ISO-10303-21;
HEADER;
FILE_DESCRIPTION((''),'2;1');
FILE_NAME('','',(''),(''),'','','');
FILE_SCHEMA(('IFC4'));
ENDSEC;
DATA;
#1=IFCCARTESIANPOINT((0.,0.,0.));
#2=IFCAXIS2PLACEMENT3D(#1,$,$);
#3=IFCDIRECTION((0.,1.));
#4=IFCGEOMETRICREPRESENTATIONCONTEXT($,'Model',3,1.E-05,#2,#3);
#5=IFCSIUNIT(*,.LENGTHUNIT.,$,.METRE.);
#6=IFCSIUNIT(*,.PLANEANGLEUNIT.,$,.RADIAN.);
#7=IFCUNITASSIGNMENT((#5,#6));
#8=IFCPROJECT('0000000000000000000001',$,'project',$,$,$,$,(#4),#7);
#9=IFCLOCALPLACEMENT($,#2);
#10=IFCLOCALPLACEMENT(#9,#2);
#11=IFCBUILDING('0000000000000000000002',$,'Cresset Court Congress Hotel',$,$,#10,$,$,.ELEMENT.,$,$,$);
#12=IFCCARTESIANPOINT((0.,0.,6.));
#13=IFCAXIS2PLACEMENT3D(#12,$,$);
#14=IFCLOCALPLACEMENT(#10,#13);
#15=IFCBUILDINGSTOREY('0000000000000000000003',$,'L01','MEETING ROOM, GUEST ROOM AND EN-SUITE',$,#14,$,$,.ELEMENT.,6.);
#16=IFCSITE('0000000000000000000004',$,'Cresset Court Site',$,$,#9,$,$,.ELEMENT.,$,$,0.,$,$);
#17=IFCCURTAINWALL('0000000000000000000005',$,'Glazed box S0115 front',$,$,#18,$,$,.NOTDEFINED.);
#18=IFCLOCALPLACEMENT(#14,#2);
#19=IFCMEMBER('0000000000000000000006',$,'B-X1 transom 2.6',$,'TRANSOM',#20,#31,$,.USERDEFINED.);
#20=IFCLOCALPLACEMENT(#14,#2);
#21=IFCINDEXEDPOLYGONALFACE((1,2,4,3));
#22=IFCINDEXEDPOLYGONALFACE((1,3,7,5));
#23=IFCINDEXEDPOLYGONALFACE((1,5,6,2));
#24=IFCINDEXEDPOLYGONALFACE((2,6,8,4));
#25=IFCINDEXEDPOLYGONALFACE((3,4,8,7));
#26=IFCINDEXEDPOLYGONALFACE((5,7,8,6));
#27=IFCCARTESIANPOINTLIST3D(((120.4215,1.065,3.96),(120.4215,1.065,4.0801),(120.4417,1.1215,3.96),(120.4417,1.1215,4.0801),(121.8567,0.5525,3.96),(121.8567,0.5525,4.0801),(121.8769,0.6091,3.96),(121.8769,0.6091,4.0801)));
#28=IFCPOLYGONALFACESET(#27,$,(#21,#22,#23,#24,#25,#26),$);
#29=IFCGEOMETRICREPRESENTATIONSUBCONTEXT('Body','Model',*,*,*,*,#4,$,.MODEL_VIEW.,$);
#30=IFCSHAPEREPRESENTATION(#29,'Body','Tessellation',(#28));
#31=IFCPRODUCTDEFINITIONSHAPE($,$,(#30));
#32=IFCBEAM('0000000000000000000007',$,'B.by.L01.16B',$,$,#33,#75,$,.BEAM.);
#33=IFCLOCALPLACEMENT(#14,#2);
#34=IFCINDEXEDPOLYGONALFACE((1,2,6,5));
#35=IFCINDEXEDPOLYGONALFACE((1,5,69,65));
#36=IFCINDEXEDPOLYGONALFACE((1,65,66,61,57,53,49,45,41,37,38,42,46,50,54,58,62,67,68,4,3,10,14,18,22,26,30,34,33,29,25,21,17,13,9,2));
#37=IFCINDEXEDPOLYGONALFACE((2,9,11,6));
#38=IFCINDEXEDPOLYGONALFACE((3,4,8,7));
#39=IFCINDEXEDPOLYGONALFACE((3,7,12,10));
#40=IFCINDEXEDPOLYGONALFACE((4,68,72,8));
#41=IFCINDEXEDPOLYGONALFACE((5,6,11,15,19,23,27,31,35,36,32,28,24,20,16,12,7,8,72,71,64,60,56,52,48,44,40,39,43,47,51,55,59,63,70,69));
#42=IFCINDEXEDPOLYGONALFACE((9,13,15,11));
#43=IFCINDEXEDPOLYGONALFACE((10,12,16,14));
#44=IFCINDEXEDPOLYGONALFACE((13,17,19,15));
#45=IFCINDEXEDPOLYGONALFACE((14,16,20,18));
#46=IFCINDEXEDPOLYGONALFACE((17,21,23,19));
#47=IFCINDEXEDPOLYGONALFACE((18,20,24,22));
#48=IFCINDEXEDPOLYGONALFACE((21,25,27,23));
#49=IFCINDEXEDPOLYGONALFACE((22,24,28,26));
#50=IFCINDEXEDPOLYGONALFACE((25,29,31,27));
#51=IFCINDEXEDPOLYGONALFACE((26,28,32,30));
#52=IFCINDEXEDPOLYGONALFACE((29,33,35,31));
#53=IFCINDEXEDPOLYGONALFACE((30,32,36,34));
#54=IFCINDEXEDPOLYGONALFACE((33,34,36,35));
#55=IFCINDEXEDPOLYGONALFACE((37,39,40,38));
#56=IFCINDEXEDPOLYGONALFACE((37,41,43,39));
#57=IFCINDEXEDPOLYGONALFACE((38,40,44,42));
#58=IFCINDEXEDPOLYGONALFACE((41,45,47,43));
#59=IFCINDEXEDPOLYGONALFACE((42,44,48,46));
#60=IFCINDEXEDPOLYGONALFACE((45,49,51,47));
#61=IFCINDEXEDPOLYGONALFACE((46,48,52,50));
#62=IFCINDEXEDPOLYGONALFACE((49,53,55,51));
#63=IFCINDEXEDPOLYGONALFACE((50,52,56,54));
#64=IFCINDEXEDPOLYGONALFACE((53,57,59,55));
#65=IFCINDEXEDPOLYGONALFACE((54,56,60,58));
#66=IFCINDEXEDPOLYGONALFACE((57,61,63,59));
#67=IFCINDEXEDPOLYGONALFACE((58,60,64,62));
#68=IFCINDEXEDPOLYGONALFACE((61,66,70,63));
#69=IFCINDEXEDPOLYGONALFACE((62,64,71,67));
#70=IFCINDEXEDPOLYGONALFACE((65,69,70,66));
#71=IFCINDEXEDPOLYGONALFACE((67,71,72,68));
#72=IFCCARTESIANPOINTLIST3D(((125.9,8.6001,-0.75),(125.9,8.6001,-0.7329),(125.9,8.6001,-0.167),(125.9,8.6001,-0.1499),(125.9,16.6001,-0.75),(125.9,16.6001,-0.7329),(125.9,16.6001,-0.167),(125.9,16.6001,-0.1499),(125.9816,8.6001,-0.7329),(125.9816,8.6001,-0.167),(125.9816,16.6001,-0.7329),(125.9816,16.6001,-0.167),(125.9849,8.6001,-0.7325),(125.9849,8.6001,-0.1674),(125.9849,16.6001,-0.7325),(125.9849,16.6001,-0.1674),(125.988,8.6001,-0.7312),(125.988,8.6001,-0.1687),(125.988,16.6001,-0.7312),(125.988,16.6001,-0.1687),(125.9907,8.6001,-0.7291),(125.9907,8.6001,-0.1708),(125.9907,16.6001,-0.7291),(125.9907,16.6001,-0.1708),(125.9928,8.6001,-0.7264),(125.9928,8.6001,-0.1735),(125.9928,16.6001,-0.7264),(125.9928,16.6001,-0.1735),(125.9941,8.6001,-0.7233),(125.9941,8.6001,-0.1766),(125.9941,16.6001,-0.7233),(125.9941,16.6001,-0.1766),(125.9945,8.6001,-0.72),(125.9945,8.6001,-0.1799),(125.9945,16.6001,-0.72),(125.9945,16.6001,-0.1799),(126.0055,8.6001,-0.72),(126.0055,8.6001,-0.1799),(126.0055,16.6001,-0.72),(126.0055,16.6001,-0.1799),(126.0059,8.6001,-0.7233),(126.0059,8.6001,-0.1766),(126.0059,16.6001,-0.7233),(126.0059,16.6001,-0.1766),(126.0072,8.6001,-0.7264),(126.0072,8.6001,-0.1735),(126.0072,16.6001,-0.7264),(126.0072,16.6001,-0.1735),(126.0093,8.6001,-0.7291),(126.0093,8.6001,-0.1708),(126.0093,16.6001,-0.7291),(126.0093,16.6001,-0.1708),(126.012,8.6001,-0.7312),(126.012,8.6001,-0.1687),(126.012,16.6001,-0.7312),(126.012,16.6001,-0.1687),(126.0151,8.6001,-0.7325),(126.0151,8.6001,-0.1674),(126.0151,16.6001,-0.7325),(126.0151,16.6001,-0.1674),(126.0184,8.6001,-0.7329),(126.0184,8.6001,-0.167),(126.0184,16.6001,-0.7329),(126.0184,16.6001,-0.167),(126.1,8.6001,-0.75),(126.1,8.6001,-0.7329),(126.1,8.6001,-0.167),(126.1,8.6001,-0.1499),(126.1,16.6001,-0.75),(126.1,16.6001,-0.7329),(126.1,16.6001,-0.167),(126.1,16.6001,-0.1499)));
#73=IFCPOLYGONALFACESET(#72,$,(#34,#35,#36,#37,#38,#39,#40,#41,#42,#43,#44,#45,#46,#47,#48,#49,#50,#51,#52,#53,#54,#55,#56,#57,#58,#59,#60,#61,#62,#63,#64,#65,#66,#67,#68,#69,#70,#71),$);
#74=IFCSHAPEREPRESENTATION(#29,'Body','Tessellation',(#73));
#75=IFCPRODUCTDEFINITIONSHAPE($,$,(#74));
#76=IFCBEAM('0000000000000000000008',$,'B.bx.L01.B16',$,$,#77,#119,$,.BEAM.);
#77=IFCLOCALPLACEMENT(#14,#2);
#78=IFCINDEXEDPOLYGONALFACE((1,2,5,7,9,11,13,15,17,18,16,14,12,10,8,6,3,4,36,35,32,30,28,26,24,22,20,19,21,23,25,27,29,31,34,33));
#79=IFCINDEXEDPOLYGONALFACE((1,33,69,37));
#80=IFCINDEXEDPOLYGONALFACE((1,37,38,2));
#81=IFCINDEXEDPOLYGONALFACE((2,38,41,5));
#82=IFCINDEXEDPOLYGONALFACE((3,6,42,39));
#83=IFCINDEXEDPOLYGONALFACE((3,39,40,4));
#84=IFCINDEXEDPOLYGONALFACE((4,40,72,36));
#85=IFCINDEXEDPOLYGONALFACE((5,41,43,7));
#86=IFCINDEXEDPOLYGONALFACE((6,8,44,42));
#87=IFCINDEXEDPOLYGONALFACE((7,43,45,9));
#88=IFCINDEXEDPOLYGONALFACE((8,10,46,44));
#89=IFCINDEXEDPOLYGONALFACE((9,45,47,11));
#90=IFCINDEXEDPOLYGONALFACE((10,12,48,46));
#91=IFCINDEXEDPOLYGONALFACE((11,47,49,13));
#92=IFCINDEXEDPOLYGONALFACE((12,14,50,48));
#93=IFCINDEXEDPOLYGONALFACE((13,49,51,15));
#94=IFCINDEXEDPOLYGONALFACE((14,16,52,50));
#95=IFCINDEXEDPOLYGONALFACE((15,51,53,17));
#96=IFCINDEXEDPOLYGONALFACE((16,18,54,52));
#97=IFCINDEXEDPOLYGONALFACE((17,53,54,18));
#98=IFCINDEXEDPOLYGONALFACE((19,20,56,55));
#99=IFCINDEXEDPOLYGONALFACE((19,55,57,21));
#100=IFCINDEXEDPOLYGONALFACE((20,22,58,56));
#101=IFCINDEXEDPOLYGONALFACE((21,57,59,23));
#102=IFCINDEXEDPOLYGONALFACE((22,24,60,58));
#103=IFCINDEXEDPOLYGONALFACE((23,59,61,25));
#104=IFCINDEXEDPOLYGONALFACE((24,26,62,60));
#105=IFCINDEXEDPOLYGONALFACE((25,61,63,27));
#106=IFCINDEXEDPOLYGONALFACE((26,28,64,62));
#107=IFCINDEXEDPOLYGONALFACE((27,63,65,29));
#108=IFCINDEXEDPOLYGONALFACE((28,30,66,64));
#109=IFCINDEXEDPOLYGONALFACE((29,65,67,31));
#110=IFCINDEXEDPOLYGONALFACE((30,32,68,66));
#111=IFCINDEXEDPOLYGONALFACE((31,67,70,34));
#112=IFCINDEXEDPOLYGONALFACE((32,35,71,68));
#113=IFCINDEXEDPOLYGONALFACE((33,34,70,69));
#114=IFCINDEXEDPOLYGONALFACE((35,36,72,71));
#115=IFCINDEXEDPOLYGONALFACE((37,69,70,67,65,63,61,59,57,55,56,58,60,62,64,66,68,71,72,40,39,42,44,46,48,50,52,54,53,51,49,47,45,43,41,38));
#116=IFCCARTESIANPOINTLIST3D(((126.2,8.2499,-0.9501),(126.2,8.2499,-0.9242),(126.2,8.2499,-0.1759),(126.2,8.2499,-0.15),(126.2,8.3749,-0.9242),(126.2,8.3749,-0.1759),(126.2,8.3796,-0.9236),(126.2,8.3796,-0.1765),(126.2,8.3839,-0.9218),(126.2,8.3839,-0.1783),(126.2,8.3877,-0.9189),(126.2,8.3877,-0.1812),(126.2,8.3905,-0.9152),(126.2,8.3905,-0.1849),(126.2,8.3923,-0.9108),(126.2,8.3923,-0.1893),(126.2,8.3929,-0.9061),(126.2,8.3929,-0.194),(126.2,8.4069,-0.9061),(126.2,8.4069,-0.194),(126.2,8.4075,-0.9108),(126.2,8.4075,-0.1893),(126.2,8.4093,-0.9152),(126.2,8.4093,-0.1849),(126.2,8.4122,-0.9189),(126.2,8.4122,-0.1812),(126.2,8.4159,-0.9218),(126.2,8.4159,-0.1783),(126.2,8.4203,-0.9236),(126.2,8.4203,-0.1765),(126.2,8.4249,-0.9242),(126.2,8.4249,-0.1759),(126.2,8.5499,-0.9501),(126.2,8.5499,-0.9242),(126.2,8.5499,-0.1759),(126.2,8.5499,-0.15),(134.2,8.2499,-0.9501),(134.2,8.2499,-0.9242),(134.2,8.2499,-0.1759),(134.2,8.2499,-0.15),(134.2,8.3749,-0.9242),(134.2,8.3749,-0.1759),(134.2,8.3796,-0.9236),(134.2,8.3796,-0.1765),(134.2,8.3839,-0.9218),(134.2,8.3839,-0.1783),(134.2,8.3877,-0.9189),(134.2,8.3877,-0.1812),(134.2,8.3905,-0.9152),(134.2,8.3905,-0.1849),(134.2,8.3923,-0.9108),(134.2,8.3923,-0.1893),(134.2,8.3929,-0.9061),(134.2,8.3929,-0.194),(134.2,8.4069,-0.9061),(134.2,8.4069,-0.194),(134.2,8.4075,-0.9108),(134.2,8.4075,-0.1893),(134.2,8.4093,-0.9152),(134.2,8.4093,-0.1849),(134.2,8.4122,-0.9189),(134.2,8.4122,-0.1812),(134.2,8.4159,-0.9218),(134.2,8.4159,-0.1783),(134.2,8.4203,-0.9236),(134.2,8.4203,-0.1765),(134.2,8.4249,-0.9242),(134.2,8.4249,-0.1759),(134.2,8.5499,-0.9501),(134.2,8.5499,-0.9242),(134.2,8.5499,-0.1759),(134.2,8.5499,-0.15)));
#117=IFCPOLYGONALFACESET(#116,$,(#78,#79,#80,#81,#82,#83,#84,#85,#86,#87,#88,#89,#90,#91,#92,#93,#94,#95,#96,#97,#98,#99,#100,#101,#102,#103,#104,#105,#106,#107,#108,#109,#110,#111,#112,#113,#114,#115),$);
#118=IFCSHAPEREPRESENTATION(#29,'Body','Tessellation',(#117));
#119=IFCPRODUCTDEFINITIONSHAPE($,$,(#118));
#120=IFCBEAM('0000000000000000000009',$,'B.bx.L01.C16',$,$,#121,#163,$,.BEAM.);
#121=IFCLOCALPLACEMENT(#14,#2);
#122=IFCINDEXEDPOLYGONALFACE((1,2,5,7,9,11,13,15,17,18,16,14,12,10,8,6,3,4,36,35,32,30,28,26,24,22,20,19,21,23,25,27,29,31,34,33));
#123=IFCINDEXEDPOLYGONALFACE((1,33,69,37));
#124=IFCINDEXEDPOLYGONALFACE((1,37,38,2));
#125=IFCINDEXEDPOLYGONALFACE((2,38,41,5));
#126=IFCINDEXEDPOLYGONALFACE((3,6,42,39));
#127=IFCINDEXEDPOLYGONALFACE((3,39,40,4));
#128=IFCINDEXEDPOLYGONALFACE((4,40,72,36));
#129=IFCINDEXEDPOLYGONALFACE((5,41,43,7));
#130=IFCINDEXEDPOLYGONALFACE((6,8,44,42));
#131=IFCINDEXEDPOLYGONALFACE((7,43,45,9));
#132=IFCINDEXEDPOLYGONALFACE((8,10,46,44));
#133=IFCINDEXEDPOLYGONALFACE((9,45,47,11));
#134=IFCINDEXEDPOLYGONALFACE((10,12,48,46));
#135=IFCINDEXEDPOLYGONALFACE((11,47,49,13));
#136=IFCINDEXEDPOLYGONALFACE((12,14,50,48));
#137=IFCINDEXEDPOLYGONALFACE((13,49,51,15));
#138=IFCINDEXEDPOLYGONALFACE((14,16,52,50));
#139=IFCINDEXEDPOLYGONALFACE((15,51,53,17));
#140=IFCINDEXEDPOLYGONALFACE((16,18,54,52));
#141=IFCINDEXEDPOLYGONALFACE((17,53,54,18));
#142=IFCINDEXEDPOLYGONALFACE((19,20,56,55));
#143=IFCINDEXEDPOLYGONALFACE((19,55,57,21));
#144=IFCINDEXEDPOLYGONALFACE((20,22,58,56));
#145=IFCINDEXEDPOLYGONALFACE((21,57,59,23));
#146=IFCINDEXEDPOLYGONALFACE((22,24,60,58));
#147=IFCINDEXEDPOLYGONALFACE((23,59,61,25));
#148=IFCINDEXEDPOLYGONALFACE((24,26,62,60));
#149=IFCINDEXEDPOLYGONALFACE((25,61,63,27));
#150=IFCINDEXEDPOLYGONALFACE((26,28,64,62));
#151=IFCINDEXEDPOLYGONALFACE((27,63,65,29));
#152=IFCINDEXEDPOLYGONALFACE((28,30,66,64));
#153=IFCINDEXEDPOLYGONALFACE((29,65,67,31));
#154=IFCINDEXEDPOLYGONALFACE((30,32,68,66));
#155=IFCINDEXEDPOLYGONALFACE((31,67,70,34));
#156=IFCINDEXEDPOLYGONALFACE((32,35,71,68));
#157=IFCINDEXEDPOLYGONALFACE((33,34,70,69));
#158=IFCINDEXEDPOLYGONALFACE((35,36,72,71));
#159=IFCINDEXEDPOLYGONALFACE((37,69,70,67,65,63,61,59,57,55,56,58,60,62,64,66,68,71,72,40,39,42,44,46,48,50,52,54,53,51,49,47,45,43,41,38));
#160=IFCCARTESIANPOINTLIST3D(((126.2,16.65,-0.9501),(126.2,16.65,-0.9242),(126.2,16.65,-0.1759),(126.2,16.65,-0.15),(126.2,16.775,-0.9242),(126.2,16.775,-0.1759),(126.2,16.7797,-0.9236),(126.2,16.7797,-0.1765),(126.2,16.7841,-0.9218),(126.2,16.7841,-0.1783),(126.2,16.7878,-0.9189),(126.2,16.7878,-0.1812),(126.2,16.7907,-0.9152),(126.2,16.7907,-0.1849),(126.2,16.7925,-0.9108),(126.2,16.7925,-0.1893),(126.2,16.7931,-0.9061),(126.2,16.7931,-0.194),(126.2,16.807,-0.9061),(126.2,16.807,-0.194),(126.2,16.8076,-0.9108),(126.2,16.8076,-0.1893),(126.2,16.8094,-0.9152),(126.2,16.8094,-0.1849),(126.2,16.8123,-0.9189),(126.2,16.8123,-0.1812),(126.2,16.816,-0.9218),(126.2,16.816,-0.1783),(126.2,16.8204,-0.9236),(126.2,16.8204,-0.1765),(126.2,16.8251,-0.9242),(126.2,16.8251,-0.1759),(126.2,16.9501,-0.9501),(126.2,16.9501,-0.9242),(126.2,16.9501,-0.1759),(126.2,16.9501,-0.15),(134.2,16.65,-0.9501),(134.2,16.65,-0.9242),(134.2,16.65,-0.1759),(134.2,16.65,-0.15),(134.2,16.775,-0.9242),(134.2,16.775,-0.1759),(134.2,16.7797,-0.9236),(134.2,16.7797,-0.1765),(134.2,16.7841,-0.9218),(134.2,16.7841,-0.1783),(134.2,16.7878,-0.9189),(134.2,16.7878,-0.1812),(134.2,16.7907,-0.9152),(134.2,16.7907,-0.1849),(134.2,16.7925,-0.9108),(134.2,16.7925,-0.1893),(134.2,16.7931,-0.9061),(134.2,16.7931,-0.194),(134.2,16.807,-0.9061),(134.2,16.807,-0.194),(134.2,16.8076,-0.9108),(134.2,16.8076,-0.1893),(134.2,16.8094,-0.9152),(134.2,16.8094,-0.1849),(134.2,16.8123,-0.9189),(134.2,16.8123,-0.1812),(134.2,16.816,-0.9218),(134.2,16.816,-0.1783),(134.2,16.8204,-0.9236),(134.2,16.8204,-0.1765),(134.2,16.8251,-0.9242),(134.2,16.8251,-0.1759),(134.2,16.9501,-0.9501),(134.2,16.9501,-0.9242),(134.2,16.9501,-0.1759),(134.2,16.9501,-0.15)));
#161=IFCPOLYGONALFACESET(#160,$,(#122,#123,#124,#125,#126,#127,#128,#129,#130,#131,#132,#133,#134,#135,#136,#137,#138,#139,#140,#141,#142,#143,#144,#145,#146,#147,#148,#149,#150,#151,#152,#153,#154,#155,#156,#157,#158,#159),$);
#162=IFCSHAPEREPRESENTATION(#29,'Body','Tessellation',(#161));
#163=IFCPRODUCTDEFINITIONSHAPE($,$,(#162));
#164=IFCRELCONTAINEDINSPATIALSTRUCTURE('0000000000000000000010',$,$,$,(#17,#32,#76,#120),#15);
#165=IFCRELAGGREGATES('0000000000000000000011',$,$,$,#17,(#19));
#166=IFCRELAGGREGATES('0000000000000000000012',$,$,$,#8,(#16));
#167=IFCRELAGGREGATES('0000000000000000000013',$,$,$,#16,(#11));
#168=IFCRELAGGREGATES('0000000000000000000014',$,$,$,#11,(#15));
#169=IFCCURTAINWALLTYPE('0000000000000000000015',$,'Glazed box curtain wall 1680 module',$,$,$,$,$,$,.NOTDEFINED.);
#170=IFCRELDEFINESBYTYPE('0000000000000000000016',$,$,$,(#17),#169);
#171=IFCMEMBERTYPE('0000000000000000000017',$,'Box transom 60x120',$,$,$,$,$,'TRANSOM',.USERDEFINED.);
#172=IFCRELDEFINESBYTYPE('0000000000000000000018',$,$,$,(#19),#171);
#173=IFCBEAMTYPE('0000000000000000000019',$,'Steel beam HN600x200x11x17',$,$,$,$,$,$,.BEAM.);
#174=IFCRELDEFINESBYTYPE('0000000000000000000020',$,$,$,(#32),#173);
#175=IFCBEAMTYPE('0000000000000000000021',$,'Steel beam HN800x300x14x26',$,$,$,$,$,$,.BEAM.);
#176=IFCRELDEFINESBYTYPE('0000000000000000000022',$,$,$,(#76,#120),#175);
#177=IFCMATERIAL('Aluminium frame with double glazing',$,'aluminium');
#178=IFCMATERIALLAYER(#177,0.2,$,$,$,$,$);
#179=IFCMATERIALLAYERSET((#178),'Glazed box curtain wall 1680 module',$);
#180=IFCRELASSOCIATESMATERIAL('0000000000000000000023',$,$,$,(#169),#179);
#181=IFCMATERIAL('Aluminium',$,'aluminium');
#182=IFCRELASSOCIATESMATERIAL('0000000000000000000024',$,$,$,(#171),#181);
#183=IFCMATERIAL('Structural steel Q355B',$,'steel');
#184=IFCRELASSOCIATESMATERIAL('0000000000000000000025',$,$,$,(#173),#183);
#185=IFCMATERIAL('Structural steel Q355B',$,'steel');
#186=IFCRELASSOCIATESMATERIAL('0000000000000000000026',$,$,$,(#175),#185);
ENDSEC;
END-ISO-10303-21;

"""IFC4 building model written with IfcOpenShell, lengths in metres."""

from ifc_helpers import new_model, si_unit, direction, frame, origin, origin_2d, place, context, subcontext, project, spatial, rectangle, i_section, extrude, material, layer, layer_set, material_profile, profile_set, type_object, element, aggregate, save


model = new_model("IFC4")

# Units and contexts
model_context = context("Model", 3, precision=1e-05, world=origin(), true_north=direction((0.0, 1.0)))
body_context = subcontext(model_context, "Body", "Model", "MODEL_VIEW")
ifc_project = project(units=[si_unit("LENGTHUNIT", "METRE"), si_unit("PLANEANGLEUNIT", "RADIAN")], contexts=[model_context])

# Site, building, storey
site_placement = place(None, origin())
site = spatial("IfcSite", under=ifc_project, at=site_placement, Name="Cresset Court Site", CompositionType="ELEMENT", RefElevation=0.0)
building_placement = place(site_placement, origin())
building = spatial("IfcBuilding", under=site, at=building_placement, Name="Cresset Court Congress Hotel", CompositionType="ELEMENT")
storey_placement = place(building_placement, frame((0.0, 0.0, 6.0)))
storey = spatial("IfcBuildingStorey", under=building, at=storey_placement, Name="L01", Description="MEETING ROOM, GUEST ROOM AND EN-SUITE", CompositionType="ELEMENT", Elevation=6.0)

# Curtain wall, member
ifc_material_1 = material(Name="Aluminium frame with double glazing", Category="aluminium")
ifc_layer_1 = layer(ifc_material_1, 0.2)
ifc_layer_set_1 = layer_set([ifc_layer_1], Name="Glazed box curtain wall 1680 module")
curtain_wall_type = type_object("IfcCurtainWallType", Name="Glazed box curtain wall 1680 module", PredefinedType="NOTDEFINED", material=ifc_layer_set_1)
curtain_wall_placement = place(storey_placement, origin())
curtain_wall = element("IfcCurtainWall", 1, at=curtain_wall_placement, inside=storey, type_object=curtain_wall_type, Name="Glazed box S0115 front", PredefinedType="NOTDEFINED")
ifc_material_2 = material(Name="Aluminium", Category="aluminium")
ifc_material_profile_1 = material_profile(ifc_material_2, rectangle(XDim=0.0601, YDim=0.1201, at=origin_2d()), Name="Box transom 60x120")
ifc_profile_set_1 = profile_set([ifc_material_profile_1], Name="Aluminium")
member_type_1 = type_object("IfcMemberType", Name="Box transom 60x120", ElementType="TRANSOM", PredefinedType="USERDEFINED", material=ifc_profile_set_1)
member_1_placement = place(storey_placement, frame((120.4316, 1.0933, 4.02), z_axis=(0.941756, -0.336296, 0.0), x_axis=(0.336296, 0.941756, 0.0)))
member_1 = element("IfcMember", 2, at=member_1_placement, type_object=member_type_1, Name="B-X1 transom 2.6", ObjectType="TRANSOM", PredefinedType="USERDEFINED", context=body_context, shape_type="SweptSolid", body=[
    extrude(rectangle(XDim=0.0601, YDim=0.1201, at=origin_2d()), origin(), (0.0, 0.0, 1.0), 1.5239),
])

# Beams
ifc_material_3 = material(Name="Structural steel Q355B", Category="steel")
ifc_material_profile_2 = material_profile(ifc_material_3, i_section(OverallWidth=0.2, OverallDepth=0.6001, WebThickness=0.011, FlangeThickness=0.0171, FilletRadius=0.0129, at=origin_2d()), Name="HN600x200x11x17")
ifc_profile_set_2 = profile_set([ifc_material_profile_2], Name="Structural steel Q355B")
beam_type_1 = type_object("IfcBeamType", Name="Steel beam HN600x200x11x17", PredefinedType="BEAM", material=ifc_profile_set_2)
beam_1_placement = place(storey_placement, frame((126.0, 8.6001, -0.45), z_axis=(0.0, 1.0, 0.0), x_axis=(-1.0, 0.0, 0.0)))
element("IfcBeam", 3, at=beam_1_placement, inside=storey, type_object=beam_type_1, Name="B.by.L01.16B", PredefinedType="BEAM", context=body_context, shape_type="SweptSolid", body=[
    extrude(i_section(OverallWidth=0.2, OverallDepth=0.6001, WebThickness=0.011, FlangeThickness=0.0171, FilletRadius=0.0129, at=origin_2d()), origin(), (0.0, 0.0, 1.0), 8.0),
])
ifc_material_4 = material(Name="Structural steel Q355B", Category="steel")
ifc_material_profile_3 = material_profile(ifc_material_4, i_section(OverallWidth=0.3, OverallDepth=0.8, WebThickness=0.0139, FlangeThickness=0.0259, FilletRadius=0.0181, at=origin_2d()), Name="HN800x300x14x26")
ifc_profile_set_3 = profile_set([ifc_material_profile_3], Name="Structural steel Q355B")
beam_type_2 = type_object("IfcBeamType", Name="Steel beam HN800x300x14x26", PredefinedType="BEAM", material=ifc_profile_set_3)
for number, where, z_axis, x_axis, name in (
    (4, (126.2, 8.3999, -0.55), (1.0, 0.0, 0.0), (0.0, 1.0, 0.0), "B.bx.L01.B16"),
    (5, (126.2, 16.8, -0.55), (1.0, 0.0, 0.0), (0.0, 1.0, 0.0), "B.bx.L01.C16"),
):
    element("IfcBeam", number, at=place(storey_placement, frame(where, z_axis=z_axis, x_axis=x_axis)), inside=storey, type_object=beam_type_2, Name=name, PredefinedType="BEAM", context=body_context, shape_type="SweptSolid", body=[
        extrude(i_section(OverallWidth=0.3, OverallDepth=0.8, WebThickness=0.0139, FlangeThickness=0.0259, FilletRadius=0.0181, at=origin_2d()), origin(), (0.0, 0.0, 1.0), 8.0),
    ])

aggregate(curtain_wall, [member_1])

save(model, "model.ifc")
